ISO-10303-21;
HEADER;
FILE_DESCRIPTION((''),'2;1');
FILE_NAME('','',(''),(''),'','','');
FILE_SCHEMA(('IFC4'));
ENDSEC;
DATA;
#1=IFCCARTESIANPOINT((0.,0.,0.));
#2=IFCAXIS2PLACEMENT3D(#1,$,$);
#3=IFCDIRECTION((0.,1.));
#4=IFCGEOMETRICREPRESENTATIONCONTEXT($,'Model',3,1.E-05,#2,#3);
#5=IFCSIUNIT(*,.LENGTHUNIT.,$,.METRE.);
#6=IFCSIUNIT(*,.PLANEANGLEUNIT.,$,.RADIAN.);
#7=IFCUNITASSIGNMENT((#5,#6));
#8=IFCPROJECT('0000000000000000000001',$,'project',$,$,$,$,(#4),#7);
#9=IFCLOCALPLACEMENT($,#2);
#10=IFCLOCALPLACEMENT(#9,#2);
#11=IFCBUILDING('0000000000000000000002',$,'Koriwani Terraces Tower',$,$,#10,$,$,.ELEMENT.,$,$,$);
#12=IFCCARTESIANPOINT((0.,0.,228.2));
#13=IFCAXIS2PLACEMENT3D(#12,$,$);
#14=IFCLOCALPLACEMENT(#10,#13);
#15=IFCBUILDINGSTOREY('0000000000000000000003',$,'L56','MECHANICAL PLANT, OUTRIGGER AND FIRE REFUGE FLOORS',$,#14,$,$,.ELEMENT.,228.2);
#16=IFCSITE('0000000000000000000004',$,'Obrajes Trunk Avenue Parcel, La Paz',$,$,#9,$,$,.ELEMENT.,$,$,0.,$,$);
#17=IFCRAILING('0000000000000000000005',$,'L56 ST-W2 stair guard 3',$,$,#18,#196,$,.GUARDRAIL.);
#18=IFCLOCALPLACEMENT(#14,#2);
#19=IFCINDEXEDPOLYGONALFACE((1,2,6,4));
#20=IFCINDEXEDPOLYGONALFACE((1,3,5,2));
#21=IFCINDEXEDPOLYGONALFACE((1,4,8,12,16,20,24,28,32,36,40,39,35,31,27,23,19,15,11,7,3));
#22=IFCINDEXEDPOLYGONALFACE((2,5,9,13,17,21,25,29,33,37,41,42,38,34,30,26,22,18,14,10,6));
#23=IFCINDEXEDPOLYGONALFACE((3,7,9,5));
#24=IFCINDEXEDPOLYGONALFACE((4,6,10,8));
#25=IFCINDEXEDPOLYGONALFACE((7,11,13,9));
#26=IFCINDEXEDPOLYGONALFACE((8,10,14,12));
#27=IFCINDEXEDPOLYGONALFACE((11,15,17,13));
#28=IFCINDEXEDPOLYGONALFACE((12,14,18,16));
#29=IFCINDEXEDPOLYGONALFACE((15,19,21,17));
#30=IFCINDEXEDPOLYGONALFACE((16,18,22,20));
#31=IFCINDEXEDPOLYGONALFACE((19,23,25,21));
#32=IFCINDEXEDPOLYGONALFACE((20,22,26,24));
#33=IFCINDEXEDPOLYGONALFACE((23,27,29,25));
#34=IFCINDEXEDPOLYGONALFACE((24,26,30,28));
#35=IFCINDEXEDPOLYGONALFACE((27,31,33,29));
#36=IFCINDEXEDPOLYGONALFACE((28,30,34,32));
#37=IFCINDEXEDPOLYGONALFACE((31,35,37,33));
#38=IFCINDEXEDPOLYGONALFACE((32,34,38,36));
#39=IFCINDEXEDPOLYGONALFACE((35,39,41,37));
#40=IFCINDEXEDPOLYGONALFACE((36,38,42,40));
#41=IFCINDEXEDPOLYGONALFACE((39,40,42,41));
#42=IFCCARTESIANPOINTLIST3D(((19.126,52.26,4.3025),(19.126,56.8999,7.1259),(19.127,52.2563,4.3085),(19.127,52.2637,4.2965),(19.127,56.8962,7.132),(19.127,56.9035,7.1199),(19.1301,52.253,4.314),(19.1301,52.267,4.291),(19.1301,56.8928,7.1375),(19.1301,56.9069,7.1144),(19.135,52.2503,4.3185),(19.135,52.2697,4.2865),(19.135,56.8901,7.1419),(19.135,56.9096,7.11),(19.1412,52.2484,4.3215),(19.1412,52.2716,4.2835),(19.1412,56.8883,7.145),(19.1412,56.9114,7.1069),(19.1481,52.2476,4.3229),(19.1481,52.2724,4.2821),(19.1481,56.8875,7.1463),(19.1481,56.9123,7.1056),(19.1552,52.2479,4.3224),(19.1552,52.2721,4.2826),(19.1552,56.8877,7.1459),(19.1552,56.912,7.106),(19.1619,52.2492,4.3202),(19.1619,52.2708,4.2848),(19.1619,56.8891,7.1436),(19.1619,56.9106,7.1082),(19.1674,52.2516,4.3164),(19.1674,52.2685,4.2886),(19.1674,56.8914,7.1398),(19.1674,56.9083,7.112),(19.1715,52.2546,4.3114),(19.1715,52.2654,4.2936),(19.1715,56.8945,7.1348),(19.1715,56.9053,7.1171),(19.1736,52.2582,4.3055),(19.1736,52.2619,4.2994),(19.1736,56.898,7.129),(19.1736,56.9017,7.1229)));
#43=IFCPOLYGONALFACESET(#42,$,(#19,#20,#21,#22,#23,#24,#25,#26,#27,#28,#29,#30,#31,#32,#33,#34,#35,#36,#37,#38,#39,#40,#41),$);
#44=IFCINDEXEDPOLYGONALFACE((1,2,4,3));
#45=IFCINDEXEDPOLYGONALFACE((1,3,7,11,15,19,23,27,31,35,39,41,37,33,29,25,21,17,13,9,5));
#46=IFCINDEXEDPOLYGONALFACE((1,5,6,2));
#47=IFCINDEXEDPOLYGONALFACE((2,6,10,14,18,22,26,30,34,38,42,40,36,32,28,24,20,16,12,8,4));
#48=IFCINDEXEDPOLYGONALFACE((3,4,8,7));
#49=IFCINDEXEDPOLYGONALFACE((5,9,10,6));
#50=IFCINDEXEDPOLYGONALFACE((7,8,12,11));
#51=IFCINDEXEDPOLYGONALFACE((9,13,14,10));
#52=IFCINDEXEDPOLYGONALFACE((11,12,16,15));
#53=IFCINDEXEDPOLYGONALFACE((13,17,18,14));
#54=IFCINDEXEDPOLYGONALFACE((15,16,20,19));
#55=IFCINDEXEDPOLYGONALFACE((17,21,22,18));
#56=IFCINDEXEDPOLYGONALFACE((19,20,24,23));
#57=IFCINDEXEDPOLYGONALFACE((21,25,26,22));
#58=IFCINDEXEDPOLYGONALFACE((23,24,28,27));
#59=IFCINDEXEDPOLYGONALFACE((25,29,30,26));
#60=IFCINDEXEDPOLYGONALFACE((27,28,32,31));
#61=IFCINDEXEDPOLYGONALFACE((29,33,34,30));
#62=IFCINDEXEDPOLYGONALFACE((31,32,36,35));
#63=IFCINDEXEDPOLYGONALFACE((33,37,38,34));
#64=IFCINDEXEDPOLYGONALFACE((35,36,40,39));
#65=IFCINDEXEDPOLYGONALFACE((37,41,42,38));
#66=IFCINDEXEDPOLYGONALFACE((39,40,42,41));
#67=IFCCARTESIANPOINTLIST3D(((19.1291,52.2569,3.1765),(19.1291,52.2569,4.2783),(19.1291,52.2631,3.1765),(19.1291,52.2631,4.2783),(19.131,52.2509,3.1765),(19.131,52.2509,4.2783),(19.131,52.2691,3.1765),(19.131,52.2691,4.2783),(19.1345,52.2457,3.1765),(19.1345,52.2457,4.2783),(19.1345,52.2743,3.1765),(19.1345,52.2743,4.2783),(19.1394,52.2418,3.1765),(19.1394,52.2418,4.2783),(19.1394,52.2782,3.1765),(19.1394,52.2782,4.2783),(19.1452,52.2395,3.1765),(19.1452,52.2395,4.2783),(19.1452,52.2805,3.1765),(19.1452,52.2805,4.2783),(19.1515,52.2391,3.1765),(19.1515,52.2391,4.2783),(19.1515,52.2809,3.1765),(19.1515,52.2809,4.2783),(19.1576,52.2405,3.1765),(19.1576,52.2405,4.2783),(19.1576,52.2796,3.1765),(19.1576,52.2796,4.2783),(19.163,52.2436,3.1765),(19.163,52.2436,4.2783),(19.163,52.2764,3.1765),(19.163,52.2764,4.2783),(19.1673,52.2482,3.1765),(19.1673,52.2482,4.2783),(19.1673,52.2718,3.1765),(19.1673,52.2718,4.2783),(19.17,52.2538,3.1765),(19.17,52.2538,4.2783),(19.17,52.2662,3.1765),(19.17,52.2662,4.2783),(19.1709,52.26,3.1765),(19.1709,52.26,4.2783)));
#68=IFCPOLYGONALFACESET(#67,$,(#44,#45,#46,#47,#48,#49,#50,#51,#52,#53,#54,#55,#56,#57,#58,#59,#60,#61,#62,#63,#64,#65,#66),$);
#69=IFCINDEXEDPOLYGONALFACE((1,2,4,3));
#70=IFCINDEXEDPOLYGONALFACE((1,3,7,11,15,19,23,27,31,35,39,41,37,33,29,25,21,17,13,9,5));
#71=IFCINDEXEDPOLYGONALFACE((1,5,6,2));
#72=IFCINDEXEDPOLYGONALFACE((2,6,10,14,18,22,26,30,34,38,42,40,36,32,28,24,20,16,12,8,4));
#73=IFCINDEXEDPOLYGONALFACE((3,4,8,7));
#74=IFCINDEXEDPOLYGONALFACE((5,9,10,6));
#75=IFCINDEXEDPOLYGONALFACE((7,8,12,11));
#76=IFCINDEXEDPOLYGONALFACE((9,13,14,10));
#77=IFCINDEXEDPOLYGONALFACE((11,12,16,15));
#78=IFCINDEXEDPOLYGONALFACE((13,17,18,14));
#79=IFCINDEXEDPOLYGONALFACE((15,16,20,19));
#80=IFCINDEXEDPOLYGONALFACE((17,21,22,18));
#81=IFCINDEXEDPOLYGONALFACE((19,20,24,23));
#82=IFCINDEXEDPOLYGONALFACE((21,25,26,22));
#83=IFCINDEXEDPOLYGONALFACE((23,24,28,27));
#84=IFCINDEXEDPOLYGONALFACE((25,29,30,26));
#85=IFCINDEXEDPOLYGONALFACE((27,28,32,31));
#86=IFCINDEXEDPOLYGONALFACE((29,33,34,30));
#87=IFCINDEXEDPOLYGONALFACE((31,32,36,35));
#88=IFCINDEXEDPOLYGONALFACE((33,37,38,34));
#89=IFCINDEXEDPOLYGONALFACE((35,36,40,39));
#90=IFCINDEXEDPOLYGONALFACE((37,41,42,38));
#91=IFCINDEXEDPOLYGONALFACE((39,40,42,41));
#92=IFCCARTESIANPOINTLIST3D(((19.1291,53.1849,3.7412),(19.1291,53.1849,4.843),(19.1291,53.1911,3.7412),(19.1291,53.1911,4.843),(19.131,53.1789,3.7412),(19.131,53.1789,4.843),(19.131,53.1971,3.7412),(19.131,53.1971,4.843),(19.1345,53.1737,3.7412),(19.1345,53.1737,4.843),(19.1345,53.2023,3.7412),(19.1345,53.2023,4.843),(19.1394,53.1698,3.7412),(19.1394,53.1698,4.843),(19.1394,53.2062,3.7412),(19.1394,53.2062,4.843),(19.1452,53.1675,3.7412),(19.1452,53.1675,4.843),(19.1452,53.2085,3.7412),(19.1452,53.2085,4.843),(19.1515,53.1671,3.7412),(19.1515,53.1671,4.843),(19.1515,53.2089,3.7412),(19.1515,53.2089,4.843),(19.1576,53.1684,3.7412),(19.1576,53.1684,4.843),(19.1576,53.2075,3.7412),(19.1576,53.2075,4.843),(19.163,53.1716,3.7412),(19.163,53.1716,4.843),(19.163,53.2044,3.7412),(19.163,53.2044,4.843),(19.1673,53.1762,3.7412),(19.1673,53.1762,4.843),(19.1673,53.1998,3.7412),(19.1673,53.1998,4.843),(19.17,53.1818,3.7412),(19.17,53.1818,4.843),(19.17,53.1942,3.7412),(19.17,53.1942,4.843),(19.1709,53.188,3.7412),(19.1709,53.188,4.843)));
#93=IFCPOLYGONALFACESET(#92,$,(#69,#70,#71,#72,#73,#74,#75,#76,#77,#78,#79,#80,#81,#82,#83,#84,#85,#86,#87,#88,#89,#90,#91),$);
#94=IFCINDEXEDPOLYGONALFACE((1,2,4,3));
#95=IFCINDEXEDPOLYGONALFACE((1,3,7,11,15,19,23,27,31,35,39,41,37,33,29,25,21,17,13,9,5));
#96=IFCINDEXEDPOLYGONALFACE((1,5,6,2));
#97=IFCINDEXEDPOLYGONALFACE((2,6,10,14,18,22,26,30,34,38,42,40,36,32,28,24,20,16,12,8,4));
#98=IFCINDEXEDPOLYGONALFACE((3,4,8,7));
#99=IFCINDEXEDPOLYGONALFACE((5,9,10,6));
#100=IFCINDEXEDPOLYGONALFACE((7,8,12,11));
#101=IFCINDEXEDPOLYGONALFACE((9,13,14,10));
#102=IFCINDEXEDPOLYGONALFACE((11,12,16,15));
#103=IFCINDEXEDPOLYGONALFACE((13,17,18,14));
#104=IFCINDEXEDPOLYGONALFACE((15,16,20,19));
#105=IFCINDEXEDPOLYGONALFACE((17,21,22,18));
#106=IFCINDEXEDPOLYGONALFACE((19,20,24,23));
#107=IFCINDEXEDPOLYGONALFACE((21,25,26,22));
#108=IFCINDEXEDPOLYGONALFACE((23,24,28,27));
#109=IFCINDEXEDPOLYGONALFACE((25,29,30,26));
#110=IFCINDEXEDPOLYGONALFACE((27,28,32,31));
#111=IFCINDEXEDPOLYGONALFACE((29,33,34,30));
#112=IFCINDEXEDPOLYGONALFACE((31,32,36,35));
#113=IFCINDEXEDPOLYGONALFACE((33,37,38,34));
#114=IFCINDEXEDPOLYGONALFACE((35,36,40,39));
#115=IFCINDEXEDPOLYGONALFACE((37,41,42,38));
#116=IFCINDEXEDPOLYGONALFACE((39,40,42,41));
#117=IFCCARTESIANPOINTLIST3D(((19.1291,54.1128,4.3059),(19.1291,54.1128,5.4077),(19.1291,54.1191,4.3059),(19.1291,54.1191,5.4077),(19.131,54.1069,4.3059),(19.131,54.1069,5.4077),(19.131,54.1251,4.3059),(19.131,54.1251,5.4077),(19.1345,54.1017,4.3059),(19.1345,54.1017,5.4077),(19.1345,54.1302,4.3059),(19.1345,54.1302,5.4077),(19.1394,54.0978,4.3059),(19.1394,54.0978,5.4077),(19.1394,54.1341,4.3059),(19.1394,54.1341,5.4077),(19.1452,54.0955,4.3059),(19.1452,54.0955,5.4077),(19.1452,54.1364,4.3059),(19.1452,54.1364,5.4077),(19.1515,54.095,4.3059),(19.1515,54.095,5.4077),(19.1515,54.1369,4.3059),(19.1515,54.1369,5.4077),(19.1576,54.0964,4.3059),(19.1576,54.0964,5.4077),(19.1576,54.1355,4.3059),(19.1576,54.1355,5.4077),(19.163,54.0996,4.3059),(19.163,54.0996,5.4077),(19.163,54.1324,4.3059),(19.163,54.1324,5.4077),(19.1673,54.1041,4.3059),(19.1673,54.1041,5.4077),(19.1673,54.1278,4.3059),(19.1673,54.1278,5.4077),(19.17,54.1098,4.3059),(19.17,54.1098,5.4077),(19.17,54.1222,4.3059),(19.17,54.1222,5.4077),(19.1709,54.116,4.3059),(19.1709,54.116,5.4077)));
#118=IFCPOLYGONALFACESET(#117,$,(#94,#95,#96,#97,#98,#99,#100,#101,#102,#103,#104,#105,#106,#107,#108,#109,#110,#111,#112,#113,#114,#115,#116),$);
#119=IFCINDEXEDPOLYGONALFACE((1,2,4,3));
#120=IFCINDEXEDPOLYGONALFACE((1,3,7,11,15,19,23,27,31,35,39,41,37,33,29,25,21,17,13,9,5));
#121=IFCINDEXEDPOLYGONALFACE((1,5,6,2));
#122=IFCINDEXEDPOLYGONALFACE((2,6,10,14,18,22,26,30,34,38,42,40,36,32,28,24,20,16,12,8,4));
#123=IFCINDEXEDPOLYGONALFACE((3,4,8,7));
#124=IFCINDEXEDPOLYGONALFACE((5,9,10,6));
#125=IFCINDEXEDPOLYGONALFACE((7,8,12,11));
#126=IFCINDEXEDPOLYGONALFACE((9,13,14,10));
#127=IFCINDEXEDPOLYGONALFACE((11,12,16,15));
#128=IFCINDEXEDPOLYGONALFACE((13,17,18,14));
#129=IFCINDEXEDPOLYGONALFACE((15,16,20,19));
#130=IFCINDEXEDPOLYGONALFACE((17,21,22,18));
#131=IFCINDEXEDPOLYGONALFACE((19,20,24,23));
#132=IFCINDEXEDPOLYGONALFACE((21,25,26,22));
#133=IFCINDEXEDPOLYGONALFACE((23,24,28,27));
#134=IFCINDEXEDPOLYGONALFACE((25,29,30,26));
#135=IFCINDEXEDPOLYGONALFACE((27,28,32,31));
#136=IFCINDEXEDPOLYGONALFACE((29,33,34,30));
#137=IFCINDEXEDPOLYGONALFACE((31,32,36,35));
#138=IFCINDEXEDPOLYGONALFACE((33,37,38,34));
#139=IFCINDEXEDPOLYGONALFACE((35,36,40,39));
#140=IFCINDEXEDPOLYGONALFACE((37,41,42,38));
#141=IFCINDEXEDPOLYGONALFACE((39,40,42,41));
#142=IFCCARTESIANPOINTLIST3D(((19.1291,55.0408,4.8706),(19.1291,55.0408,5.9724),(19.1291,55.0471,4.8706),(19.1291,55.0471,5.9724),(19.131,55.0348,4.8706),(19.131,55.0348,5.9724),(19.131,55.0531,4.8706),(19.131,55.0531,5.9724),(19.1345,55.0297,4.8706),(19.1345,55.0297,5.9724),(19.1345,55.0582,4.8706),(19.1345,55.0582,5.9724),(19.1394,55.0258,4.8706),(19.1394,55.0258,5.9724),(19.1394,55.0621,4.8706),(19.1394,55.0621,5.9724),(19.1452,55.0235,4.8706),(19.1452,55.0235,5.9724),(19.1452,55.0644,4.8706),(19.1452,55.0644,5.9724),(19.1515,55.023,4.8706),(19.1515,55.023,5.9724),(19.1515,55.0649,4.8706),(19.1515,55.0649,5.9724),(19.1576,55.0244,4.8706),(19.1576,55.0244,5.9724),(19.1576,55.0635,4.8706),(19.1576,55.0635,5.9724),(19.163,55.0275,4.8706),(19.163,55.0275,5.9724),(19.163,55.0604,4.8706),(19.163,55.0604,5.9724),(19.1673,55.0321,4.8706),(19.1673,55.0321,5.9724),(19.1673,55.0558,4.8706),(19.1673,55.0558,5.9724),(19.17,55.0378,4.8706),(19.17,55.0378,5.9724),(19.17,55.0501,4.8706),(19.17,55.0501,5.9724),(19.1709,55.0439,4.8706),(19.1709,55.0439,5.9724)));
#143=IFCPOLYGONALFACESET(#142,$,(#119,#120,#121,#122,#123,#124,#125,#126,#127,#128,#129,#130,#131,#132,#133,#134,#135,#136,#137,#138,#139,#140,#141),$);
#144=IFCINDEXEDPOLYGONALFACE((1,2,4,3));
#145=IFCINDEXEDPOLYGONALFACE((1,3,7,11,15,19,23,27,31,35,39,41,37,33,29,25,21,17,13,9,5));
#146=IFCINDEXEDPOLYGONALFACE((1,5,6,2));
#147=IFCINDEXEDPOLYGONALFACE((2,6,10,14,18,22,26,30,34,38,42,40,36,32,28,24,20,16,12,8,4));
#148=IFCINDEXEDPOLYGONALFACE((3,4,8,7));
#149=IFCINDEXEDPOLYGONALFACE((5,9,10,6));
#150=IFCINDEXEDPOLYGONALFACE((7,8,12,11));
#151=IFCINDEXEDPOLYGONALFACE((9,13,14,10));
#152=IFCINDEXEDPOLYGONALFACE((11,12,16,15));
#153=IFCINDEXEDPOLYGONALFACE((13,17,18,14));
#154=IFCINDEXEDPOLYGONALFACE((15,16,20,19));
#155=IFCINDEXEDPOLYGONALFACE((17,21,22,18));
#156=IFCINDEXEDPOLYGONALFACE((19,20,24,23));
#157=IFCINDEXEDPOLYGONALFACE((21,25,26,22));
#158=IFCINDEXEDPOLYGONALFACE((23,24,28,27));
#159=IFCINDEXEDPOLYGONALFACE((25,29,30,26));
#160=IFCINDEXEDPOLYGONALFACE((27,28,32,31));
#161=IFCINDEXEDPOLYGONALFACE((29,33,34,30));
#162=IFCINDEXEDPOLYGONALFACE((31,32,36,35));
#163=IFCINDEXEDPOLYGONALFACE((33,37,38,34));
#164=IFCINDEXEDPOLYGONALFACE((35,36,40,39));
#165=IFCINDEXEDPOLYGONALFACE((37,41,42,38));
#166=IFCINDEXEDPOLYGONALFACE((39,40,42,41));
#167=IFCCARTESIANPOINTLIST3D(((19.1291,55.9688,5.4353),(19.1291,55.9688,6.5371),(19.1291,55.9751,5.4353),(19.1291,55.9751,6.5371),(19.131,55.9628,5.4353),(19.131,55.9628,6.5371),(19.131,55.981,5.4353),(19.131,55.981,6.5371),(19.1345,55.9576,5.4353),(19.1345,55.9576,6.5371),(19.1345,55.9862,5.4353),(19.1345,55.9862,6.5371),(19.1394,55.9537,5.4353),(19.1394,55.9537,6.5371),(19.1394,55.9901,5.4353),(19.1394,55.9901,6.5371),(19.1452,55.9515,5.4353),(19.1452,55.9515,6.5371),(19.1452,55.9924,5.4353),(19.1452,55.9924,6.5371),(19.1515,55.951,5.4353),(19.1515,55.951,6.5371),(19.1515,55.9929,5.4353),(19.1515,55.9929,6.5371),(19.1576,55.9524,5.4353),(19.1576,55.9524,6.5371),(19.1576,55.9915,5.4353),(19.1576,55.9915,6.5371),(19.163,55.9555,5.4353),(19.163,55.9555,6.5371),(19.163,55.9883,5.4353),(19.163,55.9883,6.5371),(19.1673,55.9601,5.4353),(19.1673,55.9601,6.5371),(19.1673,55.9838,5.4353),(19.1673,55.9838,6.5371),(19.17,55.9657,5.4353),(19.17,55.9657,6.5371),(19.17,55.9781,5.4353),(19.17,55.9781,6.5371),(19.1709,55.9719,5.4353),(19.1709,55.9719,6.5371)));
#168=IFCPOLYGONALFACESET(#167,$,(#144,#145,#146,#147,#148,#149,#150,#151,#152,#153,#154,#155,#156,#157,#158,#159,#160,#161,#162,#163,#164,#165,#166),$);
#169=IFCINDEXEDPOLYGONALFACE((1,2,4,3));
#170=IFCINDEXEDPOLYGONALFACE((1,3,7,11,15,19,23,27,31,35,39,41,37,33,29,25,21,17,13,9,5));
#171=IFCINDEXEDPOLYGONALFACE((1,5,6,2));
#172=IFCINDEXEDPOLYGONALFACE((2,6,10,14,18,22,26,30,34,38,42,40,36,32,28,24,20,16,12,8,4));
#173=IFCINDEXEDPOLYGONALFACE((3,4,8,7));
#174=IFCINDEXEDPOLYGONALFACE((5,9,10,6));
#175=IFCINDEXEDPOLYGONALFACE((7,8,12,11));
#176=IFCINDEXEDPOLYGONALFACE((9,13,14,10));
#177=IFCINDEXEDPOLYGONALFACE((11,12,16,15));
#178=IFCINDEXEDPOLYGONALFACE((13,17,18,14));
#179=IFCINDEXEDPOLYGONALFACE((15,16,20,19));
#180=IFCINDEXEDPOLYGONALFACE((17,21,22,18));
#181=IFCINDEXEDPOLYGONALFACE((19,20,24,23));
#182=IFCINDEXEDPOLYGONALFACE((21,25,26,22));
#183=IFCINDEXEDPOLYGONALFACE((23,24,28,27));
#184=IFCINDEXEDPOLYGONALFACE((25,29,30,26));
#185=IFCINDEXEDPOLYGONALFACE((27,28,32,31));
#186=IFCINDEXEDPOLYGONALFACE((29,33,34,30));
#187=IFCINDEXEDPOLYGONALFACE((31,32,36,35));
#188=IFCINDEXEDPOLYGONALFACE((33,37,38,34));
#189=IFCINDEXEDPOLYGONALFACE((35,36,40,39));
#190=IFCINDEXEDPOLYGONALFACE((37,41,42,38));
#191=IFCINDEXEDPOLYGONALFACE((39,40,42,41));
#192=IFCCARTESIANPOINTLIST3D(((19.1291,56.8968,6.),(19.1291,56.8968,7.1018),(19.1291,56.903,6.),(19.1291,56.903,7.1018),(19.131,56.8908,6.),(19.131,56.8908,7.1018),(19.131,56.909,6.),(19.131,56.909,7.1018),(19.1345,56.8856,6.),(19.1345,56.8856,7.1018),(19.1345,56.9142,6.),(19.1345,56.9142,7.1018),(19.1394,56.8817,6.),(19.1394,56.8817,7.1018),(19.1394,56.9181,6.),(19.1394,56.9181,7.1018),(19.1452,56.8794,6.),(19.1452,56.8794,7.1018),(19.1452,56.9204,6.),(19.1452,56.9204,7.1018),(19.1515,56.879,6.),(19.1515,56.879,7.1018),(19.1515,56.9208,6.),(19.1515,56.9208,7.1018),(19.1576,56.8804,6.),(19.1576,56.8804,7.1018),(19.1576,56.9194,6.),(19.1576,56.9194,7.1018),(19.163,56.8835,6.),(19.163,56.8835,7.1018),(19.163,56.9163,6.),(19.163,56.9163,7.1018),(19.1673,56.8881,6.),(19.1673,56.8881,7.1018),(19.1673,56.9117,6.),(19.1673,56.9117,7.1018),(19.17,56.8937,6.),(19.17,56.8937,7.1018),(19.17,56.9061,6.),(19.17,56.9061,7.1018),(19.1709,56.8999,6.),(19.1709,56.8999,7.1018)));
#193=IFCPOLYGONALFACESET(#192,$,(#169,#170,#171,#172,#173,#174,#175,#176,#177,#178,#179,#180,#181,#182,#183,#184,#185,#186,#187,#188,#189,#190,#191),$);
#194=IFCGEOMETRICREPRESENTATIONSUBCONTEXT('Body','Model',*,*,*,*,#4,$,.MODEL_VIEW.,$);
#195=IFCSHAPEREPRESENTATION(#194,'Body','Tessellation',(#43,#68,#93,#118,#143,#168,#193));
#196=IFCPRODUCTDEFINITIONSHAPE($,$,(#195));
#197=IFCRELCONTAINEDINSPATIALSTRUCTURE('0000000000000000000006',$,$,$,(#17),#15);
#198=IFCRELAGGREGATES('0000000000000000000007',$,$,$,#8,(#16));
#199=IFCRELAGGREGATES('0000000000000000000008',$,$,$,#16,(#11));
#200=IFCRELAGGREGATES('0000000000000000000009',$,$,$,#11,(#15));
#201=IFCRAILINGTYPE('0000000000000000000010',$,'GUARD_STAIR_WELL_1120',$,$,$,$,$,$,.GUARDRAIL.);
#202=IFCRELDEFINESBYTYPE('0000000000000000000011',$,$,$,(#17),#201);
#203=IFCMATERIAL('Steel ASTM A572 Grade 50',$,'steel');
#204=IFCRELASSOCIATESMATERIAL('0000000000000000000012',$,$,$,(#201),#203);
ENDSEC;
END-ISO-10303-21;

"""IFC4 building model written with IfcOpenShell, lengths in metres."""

from ifc_helpers import new_model, si_unit, direction, frame, origin, origin_2d, place, context, subcontext, project, spatial, circle, extrude, material, type_object, element, save


model = new_model("IFC4")

# Units and contexts
model_context = context("Model", 3, precision=1e-05, world=origin(), true_north=direction((0.0, 1.0)))
body_context = subcontext(model_context, "Body", "Model", "MODEL_VIEW")
ifc_project = project(units=[si_unit("LENGTHUNIT", "METRE"), si_unit("PLANEANGLEUNIT", "RADIAN")], contexts=[model_context])

# Site, building, storey
site_placement = place(None, origin())
site = spatial("IfcSite", under=ifc_project, at=site_placement, Name="Obrajes Trunk Avenue Parcel, La Paz", CompositionType="ELEMENT", RefElevation=0.0)
building_placement = place(site_placement, origin())
building = spatial("IfcBuilding", under=site, at=building_placement, Name="Koriwani Terraces Tower", CompositionType="ELEMENT")
storey_placement = place(building_placement, frame((0.0, 0.0, 228.2)))
storey = spatial("IfcBuildingStorey", under=building, at=storey_placement, Name="L56", Description="MECHANICAL PLANT, OUTRIGGER AND FIRE REFUGE FLOORS", CompositionType="ELEMENT", Elevation=228.2)

# Shared definitions
ifc_material_1 = material(Name="Steel ASTM A572 Grade 50", Category="steel")

# Railing
railing_type_1 = type_object("IfcRailingType", Name="GUARD_STAIR_WELL_1120", PredefinedType="GUARDRAIL", material=ifc_material_1)
railing_1_placement = place(storey_placement, frame((19.1499, 52.26, 3.1765)))
element("IfcRailing", 1, at=railing_1_placement, inside=storey, type_object=railing_type_1, Name="L56 ST-W2 stair guard 3", PredefinedType="GUARDRAIL", context=body_context, shape_type="SweptSolid", body=[
    extrude(circle(Radius=0.0239, at=origin_2d()), frame((0.0, 0.0, 1.126), z_axis=(0.0, 0.854264, 0.51984), x_axis=(-1.0, 0.0, 0.0)), (0.0, 0.0, 1.0), 5.4314),
    extrude(circle(Radius=0.021, at=origin_2d()), origin(), (0.0, 0.0, 1.0), 1.1018),
    extrude(circle(Radius=0.021, at=origin_2d()), frame((0.0, 0.928, 0.5647)), (0.0, 0.0, 1.0), 1.1018),
    extrude(circle(Radius=0.021, at=origin_2d()), frame((0.0, 1.856, 1.1294)), (0.0, 0.0, 1.0), 1.1018),
    extrude(circle(Radius=0.021, at=origin_2d()), frame((0.0, 2.7839, 1.6941)), (0.0, 0.0, 1.0), 1.1018),
    extrude(circle(Radius=0.021, at=origin_2d()), frame((0.0, 3.7119, 2.2588)), (0.0, 0.0, 1.0), 1.1018),
    extrude(circle(Radius=0.021, at=origin_2d()), frame((0.0, 4.6399, 2.8235)), (0.0, 0.0, 1.0), 1.1018),
])

save(model, "model.ifc")
